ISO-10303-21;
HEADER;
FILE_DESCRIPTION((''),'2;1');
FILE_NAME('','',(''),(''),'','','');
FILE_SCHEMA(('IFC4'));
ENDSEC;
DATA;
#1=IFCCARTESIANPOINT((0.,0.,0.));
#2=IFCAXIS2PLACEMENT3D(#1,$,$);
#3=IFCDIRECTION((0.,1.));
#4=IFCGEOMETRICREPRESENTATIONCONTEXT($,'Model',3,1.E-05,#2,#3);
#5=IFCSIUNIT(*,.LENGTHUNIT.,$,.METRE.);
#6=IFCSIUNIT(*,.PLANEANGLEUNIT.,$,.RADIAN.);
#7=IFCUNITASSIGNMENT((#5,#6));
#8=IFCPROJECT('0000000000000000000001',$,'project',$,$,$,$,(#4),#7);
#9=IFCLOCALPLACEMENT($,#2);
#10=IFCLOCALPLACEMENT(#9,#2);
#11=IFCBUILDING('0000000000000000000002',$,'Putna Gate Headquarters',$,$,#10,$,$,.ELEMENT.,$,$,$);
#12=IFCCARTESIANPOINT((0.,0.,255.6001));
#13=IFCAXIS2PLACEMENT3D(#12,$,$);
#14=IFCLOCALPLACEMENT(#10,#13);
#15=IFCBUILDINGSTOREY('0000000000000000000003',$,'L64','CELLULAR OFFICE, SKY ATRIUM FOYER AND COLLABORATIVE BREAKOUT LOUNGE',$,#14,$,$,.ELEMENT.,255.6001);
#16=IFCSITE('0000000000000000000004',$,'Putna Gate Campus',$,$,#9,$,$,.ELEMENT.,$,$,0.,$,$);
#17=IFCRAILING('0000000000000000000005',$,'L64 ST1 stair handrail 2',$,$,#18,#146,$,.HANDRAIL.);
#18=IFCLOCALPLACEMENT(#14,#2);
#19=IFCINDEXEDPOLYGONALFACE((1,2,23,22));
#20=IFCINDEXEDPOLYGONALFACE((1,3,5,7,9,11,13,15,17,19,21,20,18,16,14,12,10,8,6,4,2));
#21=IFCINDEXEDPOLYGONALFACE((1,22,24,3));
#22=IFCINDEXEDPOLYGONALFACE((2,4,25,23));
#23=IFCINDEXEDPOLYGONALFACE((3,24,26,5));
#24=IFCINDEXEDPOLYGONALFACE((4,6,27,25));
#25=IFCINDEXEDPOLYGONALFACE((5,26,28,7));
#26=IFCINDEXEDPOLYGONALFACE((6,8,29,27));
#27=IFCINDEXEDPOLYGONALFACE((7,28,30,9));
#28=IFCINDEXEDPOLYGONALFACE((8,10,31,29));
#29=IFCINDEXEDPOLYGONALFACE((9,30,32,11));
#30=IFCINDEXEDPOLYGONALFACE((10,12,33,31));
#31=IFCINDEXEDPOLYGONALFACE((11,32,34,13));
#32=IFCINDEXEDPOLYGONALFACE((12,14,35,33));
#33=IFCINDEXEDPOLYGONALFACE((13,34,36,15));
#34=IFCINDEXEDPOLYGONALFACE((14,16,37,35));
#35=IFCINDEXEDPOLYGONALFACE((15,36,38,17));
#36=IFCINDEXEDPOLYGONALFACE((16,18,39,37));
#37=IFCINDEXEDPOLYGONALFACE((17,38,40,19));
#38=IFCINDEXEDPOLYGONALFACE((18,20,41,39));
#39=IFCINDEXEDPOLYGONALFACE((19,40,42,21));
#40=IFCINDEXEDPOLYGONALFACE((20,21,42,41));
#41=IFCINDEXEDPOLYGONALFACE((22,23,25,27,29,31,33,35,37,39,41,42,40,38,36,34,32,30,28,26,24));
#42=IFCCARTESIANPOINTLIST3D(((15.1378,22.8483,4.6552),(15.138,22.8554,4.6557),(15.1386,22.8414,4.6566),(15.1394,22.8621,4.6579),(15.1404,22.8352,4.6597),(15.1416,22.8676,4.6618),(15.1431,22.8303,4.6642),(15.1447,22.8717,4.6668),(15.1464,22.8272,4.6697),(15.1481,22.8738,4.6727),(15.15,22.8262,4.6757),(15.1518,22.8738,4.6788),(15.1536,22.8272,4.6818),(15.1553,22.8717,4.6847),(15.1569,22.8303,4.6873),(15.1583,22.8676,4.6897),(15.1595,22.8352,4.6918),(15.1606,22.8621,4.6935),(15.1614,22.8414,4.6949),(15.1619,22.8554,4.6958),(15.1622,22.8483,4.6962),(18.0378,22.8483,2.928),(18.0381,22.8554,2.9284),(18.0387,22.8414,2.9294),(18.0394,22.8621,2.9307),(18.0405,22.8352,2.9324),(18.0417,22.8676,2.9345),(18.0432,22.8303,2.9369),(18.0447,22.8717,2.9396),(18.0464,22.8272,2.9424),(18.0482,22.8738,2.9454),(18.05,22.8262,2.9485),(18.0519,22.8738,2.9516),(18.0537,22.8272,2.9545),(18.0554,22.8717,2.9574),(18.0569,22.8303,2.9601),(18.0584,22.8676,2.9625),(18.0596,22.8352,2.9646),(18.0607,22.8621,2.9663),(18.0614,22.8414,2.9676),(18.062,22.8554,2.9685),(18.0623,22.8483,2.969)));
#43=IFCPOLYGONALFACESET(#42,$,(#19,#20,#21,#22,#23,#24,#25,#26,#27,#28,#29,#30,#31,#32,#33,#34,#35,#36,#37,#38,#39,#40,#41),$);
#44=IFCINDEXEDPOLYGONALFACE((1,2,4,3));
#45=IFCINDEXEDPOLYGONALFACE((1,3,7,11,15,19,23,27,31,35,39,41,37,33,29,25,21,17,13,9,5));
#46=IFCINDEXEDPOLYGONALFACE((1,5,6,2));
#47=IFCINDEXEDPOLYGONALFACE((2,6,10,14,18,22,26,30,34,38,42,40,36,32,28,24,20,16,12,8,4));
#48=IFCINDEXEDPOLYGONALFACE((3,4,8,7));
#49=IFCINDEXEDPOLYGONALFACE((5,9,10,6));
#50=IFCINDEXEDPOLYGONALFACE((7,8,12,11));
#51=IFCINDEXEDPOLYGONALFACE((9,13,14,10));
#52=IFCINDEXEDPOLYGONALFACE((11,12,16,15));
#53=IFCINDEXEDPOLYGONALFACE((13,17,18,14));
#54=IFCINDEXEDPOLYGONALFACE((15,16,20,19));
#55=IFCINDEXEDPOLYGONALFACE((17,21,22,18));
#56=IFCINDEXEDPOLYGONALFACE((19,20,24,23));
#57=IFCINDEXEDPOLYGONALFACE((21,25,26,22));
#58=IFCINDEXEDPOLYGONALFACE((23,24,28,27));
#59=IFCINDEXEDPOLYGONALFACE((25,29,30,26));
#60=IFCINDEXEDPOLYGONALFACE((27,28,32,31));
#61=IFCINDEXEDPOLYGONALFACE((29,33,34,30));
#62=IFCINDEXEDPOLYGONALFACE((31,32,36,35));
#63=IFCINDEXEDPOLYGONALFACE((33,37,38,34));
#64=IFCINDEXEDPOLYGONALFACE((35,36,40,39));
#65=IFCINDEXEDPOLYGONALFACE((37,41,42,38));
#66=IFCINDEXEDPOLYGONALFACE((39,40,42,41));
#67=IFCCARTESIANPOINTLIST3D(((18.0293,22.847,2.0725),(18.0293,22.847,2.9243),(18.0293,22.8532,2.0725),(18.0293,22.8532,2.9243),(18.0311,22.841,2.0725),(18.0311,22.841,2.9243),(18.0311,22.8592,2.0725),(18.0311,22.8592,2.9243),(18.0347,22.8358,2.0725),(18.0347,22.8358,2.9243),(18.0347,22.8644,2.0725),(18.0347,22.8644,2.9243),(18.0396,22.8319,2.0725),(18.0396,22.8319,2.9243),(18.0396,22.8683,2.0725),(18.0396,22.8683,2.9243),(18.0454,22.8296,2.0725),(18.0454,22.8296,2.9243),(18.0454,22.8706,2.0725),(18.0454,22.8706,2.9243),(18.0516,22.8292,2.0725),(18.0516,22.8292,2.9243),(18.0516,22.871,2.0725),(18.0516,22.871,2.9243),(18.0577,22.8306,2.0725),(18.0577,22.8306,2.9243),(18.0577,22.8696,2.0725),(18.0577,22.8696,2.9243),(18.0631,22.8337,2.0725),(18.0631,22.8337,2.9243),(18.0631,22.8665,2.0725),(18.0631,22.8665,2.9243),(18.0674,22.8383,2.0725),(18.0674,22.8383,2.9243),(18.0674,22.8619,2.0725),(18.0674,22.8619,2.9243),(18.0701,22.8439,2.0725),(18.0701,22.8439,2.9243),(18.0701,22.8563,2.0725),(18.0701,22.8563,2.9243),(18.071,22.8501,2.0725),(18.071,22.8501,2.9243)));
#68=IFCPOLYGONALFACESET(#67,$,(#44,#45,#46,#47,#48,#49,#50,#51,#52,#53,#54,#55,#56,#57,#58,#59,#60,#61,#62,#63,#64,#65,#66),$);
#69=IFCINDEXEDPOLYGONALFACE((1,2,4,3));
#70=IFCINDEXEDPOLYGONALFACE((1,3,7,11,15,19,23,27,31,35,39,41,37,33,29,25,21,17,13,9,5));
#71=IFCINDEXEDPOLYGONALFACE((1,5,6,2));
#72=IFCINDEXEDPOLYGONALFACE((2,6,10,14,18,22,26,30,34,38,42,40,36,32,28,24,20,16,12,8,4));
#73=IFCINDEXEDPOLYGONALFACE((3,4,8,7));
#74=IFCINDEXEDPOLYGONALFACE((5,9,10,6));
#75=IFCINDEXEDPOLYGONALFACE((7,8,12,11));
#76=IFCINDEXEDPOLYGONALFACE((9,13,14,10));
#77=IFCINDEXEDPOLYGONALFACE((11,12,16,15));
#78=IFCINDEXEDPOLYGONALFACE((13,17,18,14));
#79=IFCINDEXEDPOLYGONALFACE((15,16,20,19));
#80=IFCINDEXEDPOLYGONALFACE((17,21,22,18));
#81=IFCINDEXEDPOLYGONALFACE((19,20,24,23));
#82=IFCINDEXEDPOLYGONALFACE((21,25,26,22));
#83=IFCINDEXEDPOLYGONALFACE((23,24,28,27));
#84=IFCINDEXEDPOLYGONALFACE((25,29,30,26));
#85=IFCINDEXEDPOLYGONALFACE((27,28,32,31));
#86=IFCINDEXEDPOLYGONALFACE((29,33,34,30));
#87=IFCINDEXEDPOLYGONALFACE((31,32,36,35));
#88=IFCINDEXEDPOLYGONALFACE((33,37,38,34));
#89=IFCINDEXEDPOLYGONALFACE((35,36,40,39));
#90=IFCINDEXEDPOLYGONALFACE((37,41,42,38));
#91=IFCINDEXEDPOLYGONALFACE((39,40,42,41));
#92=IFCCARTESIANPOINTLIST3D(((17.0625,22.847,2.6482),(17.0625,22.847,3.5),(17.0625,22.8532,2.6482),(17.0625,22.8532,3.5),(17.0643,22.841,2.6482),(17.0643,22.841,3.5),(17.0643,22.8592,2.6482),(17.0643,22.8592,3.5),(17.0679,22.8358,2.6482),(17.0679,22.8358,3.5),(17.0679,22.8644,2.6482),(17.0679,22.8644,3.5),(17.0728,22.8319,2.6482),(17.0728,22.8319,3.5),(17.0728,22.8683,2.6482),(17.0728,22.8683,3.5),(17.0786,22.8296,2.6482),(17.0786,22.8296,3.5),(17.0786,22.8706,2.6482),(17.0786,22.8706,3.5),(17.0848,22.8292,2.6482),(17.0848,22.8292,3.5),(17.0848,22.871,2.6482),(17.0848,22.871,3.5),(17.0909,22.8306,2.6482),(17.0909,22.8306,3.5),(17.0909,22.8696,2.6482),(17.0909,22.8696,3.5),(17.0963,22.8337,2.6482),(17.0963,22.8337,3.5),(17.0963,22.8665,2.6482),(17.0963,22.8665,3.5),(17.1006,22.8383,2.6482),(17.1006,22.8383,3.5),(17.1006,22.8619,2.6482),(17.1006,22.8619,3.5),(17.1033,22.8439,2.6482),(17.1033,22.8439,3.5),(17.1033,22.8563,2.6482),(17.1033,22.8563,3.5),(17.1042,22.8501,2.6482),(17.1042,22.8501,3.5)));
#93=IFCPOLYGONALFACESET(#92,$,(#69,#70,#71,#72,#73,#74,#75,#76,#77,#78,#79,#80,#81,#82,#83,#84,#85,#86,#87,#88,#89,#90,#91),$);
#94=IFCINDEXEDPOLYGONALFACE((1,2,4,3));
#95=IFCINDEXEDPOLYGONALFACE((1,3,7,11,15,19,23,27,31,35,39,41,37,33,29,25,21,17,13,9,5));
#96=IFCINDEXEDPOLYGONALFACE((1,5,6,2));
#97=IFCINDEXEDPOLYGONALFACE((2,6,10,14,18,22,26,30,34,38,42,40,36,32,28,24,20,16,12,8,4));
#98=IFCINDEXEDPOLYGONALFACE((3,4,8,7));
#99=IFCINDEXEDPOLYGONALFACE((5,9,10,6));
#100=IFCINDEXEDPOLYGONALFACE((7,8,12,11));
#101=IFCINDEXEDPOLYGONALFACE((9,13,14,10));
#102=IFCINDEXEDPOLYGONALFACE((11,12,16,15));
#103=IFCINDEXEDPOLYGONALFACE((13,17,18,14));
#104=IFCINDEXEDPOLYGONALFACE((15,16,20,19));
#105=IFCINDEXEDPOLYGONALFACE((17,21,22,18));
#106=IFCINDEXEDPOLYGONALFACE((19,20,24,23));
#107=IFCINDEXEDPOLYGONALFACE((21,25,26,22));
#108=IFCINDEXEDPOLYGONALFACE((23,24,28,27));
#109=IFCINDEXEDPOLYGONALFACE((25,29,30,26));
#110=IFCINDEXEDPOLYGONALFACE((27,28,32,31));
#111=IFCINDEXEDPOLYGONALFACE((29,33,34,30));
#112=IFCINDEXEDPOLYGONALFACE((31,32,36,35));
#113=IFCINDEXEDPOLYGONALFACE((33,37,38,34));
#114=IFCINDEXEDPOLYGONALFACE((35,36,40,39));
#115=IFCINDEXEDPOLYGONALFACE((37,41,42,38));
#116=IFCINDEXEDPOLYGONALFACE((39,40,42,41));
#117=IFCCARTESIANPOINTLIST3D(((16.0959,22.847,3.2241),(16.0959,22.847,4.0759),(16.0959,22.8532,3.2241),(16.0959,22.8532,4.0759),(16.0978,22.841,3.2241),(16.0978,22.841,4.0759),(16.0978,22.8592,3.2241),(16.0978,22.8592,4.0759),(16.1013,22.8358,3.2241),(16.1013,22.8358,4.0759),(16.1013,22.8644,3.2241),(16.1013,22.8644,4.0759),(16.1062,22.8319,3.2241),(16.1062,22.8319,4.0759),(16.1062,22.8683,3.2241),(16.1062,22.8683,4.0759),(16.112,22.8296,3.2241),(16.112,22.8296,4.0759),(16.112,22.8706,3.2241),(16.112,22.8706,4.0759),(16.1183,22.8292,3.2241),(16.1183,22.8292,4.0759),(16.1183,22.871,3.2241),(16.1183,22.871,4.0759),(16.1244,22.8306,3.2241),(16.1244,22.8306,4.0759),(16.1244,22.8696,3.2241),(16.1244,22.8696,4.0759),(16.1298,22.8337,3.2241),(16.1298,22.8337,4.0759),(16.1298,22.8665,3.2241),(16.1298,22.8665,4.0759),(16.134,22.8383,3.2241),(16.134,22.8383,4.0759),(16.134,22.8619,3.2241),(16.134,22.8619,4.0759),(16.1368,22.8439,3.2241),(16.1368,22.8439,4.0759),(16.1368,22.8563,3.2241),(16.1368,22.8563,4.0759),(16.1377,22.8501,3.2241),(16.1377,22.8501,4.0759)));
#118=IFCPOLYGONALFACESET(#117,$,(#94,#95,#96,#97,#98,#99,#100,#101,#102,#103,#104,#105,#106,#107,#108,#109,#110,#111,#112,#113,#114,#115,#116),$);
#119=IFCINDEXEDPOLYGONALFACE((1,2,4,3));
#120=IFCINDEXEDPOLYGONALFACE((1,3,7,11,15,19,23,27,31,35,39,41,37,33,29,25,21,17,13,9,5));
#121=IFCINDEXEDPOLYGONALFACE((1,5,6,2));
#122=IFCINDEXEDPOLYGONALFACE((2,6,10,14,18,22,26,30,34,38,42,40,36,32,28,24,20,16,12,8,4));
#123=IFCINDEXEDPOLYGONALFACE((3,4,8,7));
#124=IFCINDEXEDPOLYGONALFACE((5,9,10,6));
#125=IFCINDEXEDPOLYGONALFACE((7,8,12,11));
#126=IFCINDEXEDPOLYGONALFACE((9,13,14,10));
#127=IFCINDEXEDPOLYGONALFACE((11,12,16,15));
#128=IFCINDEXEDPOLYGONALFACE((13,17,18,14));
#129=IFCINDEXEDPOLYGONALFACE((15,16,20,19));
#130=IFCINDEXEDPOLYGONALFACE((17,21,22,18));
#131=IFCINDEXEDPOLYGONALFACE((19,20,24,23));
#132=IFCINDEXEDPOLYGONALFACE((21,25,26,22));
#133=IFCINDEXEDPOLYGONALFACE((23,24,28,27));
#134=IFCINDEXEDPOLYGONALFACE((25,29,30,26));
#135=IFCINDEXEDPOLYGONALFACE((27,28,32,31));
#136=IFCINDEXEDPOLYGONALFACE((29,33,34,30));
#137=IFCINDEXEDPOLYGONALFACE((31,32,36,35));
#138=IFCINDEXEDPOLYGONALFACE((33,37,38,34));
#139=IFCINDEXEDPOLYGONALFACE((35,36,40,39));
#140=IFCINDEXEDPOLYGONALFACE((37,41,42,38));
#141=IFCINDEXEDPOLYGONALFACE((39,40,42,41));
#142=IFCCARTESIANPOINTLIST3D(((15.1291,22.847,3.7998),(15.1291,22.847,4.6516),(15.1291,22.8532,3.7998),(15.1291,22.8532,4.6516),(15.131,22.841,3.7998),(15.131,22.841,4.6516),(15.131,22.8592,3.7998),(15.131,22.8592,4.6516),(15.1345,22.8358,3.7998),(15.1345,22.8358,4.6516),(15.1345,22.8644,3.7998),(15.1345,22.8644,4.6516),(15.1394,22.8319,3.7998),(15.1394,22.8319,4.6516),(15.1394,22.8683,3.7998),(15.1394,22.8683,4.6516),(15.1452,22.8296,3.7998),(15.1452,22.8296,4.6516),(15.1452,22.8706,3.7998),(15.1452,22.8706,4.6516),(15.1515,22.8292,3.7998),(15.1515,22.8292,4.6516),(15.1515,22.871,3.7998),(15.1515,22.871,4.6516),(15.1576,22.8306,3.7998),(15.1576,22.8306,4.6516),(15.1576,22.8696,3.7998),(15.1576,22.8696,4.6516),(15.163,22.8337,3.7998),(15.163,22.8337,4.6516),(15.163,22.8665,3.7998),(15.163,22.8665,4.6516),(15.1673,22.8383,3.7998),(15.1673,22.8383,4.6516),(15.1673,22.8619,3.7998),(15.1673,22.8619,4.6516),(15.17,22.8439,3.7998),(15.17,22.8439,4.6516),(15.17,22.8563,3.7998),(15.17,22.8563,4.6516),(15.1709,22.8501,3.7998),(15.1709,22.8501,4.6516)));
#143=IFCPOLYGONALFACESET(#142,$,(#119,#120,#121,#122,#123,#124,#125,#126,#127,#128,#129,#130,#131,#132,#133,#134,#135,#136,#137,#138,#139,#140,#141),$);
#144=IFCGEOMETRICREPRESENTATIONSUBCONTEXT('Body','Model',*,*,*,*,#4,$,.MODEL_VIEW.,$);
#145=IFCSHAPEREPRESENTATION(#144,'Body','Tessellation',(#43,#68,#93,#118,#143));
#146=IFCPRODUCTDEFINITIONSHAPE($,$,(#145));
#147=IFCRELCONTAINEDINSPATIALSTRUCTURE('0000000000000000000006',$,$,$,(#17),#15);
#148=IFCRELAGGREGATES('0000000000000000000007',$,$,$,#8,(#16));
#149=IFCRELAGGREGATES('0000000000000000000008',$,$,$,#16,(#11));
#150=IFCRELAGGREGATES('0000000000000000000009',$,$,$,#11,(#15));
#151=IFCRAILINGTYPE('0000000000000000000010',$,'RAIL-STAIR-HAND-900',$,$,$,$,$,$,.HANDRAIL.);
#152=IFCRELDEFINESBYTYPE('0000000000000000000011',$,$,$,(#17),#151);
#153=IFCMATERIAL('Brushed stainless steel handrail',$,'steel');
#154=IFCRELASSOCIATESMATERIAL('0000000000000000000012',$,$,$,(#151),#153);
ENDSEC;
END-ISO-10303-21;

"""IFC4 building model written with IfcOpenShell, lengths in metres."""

from ifc_helpers import new_model, si_unit, direction, frame, origin, origin_2d, place, context, subcontext, project, spatial, circle, extrude, material, type_object, element, save


model = new_model("IFC4")

# Units and contexts
model_context = context("Model", 3, precision=1e-05, world=origin(), true_north=direction((0.0, 1.0)))
body_context = subcontext(model_context, "Body", "Model", "MODEL_VIEW")
ifc_project = project(units=[si_unit("LENGTHUNIT", "METRE"), si_unit("PLANEANGLEUNIT", "RADIAN")], contexts=[model_context])

# Site, building, storey
site_placement = place(None, origin())
site = spatial("IfcSite", under=ifc_project, at=site_placement, Name="Putna Gate Campus", CompositionType="ELEMENT", RefElevation=0.0)
building_placement = place(site_placement, origin())
building = spatial("IfcBuilding", under=site, at=building_placement, Name="Putna Gate Headquarters", CompositionType="ELEMENT")
storey_placement = place(building_placement, frame((0.0, 0.0, 255.6001)))
storey = spatial("IfcBuildingStorey", under=building, at=storey_placement, Name="L64", Description="CELLULAR OFFICE, SKY ATRIUM FOYER AND COLLABORATIVE BREAKOUT LOUNGE", CompositionType="ELEMENT", Elevation=255.6001)

# Railing
ifc_material_1 = material(Name="Brushed stainless steel handrail", Category="steel")
railing_type = type_object("IfcRailingType", Name="RAIL-STAIR-HAND-900", PredefinedType="HANDRAIL", material=ifc_material_1)
railing_placement = place(storey_placement, frame((18.05, 22.8501, 2.0725)))
element("IfcRailing", 1, at=railing_placement, inside=storey, type_object=railing_type, Name="L64 ST1 stair handrail 2", PredefinedType="HANDRAIL", context=body_context, shape_type="SweptSolid", body=[
    extrude(circle(Radius=0.0239, at=origin_2d()), frame((0.0, 0.0, 0.876), z_axis=(-0.85916, 0.0, 0.511706), x_axis=(0.0, -1.0, 0.0)), (0.0, 0.0, 1.0), 3.3755),
    extrude(circle(Radius=0.021, at=origin_2d()), origin(), (0.0, 0.0, 1.0), 0.8518),
    extrude(circle(Radius=0.021, at=origin_2d()), frame((-0.9668, 0.0, 0.5757)), (0.0, 0.0, 1.0), 0.8518),
    extrude(circle(Radius=0.021, at=origin_2d()), frame((-1.9333, 0.0, 1.1516)), (0.0, 0.0, 1.0), 0.8518),
    extrude(circle(Radius=0.021, at=origin_2d()), frame((-2.9001, 0.0, 1.7273)), (0.0, 0.0, 1.0), 0.8518),
])

save(model, "model.ifc")
